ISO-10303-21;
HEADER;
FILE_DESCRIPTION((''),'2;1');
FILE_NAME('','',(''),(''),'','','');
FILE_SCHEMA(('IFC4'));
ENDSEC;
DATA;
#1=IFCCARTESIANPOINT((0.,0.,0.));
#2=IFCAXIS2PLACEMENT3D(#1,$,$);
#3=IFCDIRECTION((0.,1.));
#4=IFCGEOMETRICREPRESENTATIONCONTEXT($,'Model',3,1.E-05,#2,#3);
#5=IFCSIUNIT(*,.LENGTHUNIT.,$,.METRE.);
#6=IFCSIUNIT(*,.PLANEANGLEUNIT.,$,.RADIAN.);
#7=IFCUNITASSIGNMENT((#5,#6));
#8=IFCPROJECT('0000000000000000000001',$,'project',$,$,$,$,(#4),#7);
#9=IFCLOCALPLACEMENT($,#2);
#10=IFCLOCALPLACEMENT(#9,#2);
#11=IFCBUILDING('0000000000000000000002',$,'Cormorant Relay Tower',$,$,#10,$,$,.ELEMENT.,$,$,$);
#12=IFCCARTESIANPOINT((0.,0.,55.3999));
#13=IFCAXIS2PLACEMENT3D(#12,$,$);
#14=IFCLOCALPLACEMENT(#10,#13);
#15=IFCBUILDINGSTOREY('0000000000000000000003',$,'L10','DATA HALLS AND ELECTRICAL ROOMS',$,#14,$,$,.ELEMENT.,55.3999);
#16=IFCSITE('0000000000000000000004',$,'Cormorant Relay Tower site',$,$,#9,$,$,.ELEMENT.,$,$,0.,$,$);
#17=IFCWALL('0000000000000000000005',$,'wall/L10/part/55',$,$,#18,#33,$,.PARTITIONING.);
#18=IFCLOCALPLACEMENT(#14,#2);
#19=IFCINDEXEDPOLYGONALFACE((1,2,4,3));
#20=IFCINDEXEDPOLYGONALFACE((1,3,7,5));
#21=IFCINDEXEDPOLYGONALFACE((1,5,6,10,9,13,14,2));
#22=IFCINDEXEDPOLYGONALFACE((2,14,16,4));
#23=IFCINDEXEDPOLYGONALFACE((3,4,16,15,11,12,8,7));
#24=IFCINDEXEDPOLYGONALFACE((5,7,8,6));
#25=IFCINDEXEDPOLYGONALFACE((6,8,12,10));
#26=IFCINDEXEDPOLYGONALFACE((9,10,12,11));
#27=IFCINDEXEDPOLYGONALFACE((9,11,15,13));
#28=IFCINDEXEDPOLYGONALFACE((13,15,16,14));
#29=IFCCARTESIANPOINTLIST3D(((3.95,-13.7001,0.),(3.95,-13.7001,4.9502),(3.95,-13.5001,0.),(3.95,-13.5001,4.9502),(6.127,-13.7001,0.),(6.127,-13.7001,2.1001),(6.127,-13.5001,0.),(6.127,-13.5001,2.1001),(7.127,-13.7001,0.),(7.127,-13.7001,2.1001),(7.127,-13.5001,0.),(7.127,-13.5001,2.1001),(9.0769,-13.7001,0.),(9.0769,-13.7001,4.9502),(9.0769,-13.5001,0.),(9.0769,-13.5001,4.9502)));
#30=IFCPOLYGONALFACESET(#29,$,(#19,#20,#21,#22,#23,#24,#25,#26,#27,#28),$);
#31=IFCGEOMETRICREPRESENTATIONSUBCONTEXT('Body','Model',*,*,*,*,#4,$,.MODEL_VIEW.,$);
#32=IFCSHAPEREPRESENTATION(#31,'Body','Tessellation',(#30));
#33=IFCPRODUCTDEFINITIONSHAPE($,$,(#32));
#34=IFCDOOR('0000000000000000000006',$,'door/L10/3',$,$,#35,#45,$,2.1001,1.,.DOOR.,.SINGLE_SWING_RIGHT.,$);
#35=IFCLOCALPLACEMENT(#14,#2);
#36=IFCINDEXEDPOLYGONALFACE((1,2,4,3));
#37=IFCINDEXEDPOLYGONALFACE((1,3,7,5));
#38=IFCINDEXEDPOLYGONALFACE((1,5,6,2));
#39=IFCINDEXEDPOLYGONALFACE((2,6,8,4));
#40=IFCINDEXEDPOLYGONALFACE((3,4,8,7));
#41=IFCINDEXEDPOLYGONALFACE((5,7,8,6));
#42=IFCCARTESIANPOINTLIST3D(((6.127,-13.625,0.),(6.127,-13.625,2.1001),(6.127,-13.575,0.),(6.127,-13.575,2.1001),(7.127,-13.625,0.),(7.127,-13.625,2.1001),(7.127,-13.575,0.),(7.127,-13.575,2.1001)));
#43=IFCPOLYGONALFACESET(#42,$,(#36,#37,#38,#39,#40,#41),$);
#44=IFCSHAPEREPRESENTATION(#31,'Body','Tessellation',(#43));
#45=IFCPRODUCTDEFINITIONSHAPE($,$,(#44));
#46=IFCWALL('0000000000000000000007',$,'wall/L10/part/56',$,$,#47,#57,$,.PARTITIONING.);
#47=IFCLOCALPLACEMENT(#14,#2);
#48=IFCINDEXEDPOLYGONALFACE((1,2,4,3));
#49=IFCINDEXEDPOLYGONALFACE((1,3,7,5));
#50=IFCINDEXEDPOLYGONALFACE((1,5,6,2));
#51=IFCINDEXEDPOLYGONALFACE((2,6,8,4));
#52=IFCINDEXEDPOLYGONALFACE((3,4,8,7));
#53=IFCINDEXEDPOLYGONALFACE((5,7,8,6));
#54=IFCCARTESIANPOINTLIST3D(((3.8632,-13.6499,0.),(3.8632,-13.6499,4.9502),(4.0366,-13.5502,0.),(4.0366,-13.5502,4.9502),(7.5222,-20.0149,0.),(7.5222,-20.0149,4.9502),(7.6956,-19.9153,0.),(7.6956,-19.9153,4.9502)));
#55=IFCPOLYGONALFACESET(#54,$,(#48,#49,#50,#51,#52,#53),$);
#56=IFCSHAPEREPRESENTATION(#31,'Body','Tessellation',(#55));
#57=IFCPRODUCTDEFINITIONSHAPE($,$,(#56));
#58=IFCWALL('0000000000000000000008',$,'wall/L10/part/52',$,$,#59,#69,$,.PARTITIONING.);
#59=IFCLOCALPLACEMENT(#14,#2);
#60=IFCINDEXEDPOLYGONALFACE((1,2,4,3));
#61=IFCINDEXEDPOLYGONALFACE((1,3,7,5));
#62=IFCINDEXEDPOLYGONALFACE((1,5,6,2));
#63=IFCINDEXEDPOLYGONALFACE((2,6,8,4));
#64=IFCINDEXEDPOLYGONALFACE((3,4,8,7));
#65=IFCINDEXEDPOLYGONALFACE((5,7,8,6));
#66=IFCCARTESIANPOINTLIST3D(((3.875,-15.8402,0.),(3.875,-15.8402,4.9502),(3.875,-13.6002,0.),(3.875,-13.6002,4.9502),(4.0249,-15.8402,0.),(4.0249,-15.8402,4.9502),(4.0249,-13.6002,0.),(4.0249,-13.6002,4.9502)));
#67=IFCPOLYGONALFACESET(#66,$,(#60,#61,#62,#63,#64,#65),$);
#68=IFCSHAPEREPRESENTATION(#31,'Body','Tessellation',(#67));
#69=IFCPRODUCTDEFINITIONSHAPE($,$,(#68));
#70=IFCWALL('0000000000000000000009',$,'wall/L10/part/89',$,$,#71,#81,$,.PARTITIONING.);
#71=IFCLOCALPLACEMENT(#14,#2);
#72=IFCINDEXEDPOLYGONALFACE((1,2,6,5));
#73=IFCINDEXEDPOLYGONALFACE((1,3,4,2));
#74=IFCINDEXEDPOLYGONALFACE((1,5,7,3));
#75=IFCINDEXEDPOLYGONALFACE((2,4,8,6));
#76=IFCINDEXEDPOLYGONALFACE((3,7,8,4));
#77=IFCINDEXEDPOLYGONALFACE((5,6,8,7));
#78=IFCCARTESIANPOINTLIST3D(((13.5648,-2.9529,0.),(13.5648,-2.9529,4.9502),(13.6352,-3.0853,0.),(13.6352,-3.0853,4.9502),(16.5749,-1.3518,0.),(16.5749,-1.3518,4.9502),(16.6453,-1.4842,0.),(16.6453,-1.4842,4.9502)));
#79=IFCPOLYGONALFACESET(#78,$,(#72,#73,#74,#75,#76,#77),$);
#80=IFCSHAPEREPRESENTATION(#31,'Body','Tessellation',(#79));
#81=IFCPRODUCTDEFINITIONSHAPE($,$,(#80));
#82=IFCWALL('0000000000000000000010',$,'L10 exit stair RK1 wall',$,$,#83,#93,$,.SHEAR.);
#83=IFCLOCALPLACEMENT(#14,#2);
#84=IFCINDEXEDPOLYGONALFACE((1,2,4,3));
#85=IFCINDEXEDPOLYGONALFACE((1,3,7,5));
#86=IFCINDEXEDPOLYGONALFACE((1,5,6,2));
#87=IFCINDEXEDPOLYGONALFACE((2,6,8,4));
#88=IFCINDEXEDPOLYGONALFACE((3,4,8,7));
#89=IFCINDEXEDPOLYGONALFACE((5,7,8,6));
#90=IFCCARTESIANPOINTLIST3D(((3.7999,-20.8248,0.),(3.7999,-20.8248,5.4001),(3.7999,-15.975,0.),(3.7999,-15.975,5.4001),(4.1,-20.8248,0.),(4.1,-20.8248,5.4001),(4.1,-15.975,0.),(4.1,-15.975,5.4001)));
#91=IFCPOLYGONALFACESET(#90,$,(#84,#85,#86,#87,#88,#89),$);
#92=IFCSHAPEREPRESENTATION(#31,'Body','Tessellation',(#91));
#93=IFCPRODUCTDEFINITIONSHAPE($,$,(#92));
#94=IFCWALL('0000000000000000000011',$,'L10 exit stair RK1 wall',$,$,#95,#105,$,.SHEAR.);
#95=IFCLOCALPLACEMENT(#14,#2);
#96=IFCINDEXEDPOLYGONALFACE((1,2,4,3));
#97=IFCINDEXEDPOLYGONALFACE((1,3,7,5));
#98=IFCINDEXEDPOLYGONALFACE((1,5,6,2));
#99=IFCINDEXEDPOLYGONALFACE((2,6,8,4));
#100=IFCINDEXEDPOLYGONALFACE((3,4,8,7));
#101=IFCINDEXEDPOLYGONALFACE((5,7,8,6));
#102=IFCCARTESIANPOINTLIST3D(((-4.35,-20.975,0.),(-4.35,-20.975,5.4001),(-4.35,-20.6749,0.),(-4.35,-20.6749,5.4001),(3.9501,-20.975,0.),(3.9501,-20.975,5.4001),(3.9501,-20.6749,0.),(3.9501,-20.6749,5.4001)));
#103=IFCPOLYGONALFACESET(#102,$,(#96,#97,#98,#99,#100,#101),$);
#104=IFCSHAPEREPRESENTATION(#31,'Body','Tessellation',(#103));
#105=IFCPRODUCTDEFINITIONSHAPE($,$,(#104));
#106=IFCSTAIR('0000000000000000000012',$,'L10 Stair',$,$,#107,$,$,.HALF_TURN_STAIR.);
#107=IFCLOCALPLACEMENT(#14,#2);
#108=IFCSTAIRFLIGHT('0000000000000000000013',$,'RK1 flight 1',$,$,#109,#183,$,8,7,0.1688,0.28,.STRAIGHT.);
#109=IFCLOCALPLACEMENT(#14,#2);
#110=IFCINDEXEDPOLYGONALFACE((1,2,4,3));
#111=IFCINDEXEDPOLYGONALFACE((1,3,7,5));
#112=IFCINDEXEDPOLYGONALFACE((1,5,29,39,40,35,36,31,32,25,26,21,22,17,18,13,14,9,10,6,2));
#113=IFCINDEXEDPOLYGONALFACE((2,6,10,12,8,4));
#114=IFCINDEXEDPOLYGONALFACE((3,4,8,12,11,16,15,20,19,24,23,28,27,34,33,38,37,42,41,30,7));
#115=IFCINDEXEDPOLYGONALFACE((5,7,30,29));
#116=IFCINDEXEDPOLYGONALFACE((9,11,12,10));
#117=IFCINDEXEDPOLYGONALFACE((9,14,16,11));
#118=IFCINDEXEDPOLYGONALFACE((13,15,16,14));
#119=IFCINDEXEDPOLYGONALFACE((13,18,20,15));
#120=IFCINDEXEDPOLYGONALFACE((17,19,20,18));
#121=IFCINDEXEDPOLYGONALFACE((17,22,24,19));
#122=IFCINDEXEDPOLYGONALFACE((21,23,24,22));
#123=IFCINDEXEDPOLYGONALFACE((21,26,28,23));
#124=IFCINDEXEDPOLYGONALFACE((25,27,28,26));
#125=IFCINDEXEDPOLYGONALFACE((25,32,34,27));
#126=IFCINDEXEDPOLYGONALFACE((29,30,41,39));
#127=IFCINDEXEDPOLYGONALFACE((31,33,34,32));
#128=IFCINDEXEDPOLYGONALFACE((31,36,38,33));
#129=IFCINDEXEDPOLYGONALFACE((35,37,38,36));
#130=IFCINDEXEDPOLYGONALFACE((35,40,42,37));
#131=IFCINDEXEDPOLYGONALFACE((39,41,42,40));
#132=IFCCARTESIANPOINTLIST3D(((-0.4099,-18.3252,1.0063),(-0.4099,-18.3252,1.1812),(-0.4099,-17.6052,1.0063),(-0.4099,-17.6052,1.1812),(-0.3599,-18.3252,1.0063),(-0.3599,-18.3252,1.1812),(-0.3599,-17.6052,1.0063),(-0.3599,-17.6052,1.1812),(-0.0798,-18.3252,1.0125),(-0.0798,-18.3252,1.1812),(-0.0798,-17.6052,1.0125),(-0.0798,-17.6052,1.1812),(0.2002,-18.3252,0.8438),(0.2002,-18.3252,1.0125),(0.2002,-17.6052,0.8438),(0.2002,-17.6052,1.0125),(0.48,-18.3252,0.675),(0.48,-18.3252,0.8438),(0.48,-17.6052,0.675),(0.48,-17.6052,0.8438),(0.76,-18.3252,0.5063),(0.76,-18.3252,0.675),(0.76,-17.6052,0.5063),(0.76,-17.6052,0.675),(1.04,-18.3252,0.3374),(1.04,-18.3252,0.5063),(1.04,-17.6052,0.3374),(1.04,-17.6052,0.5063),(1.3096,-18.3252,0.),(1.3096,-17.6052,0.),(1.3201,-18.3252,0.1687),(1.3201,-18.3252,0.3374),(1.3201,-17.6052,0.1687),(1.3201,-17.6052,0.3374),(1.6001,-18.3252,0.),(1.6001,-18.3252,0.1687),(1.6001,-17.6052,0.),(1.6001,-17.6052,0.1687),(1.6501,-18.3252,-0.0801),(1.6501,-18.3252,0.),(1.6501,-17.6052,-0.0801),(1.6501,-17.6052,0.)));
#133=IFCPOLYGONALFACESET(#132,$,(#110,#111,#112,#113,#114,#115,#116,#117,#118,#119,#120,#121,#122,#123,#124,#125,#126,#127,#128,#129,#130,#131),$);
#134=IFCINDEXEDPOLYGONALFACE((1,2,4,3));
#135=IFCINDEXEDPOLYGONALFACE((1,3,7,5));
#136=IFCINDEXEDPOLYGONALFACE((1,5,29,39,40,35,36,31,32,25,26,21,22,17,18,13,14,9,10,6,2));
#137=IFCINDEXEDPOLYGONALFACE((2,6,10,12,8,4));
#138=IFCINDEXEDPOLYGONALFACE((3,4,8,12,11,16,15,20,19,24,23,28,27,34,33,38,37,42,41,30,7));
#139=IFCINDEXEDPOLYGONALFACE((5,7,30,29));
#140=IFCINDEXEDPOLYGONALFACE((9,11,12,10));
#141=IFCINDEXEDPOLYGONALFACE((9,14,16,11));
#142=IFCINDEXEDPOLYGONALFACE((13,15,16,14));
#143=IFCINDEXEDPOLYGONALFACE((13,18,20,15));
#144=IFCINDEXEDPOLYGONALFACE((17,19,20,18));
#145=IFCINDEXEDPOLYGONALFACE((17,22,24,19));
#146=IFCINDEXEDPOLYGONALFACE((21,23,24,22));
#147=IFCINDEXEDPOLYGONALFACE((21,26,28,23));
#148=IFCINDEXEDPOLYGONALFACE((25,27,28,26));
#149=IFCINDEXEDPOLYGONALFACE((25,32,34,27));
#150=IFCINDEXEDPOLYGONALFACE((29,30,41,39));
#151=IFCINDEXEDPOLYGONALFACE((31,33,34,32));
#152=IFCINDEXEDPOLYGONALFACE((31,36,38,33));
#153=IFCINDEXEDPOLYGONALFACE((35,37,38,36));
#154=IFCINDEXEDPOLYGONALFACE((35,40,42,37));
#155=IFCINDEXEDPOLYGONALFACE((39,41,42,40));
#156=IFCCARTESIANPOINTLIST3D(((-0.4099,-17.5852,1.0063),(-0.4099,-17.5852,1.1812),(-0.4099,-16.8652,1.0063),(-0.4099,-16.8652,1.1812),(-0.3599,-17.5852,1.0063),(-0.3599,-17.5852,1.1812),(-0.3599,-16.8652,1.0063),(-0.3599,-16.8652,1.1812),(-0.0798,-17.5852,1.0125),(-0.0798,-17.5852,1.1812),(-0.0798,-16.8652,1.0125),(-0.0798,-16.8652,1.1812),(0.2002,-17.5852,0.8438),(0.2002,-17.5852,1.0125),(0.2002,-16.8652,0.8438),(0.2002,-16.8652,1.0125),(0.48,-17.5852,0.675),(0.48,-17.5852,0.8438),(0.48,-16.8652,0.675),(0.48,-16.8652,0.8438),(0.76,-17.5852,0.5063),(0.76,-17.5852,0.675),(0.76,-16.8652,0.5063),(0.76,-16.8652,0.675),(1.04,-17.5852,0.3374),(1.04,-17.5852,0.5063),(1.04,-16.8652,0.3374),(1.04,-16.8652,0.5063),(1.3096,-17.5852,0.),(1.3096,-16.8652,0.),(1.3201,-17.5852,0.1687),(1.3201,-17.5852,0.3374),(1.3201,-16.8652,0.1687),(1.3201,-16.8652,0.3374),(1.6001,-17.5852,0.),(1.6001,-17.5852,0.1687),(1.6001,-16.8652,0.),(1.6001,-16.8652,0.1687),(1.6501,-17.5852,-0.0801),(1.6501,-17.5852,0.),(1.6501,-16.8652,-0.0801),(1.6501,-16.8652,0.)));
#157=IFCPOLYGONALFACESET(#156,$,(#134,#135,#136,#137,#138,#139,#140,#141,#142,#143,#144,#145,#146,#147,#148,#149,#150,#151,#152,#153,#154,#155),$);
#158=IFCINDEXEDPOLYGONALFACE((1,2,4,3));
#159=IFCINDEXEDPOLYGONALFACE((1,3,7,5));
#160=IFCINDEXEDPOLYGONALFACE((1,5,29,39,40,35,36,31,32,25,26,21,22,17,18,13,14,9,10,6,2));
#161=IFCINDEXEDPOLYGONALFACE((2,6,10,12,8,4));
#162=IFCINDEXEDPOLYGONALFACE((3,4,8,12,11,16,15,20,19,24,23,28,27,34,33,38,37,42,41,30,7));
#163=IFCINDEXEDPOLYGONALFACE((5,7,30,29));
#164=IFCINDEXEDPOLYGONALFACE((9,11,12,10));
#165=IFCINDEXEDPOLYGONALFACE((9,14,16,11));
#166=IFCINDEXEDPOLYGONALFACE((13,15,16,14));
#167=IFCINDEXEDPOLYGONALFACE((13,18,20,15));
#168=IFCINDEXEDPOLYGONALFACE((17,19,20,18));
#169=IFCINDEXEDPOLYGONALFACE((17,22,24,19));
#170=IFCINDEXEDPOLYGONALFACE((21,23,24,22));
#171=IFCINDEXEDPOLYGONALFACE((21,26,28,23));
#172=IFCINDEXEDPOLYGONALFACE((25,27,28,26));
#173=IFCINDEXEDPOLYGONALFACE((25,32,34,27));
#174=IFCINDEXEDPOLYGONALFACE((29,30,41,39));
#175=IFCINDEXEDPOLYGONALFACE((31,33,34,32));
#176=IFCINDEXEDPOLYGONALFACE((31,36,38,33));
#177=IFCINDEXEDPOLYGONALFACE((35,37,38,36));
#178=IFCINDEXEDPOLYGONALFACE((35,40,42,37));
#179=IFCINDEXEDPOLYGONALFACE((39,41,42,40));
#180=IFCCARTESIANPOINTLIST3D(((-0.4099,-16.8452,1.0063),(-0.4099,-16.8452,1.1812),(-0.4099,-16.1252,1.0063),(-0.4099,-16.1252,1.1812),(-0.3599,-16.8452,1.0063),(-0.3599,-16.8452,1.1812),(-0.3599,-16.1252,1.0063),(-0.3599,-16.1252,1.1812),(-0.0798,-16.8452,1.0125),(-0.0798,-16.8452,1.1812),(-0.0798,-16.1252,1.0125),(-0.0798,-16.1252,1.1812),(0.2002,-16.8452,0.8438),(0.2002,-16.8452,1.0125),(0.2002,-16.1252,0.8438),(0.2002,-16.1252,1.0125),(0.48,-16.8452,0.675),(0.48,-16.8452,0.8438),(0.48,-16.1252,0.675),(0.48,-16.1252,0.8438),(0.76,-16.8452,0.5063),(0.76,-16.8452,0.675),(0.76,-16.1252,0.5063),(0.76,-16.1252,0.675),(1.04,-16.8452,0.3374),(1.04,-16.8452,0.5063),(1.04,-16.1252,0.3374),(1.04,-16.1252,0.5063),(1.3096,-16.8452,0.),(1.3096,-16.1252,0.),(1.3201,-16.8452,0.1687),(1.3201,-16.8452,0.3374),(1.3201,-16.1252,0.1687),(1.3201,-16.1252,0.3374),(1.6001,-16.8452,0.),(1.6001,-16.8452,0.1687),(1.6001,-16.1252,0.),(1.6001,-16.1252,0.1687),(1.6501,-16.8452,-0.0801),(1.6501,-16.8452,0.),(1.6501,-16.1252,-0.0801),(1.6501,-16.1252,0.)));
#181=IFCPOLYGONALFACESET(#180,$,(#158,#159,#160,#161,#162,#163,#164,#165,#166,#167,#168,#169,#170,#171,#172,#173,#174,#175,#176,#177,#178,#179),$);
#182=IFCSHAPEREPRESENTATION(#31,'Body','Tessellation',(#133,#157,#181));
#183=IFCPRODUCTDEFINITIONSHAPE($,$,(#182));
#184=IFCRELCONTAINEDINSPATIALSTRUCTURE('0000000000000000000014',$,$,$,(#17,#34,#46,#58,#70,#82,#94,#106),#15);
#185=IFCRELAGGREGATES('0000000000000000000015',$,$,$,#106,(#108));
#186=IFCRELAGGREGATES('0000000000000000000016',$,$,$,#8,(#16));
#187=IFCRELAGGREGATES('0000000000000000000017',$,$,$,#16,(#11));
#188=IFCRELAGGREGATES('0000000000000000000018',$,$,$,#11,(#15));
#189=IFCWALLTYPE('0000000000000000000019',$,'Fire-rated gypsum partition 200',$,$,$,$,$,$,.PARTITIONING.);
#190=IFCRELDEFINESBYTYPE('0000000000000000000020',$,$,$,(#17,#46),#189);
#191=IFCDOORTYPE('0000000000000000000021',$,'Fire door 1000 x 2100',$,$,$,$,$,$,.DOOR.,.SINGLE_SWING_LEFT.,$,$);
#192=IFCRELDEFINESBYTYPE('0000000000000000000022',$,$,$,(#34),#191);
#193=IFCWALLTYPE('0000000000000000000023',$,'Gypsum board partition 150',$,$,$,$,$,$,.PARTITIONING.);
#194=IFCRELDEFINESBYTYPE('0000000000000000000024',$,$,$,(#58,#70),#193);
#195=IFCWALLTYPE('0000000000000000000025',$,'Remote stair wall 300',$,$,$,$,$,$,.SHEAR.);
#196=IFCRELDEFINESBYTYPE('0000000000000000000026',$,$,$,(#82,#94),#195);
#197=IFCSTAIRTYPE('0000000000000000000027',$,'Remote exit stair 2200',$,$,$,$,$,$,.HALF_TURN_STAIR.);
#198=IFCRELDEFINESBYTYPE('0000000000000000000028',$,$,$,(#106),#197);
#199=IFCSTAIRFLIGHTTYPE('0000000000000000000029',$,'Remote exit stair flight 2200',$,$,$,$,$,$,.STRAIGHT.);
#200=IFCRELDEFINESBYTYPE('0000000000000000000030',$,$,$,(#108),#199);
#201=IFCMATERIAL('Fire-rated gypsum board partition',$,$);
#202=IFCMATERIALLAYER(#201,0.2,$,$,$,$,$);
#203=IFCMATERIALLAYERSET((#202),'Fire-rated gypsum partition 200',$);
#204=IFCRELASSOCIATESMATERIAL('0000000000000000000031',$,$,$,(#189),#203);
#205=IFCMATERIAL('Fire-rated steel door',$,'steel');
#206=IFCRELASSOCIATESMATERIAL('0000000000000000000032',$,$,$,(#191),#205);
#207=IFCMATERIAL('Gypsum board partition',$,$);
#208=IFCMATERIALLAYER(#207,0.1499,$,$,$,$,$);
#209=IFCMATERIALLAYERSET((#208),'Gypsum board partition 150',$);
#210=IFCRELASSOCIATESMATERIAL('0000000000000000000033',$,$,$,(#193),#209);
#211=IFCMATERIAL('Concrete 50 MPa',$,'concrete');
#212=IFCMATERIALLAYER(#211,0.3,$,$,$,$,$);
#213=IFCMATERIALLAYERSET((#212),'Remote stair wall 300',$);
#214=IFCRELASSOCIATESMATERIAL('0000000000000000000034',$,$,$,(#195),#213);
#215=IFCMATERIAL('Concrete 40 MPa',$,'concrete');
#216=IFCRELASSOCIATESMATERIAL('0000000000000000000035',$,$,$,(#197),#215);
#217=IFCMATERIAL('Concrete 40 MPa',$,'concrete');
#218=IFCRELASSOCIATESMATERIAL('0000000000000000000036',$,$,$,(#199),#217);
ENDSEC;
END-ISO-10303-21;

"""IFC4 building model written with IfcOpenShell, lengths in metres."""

from ifc_helpers import new_model, si_unit, direction, frame, frame_2d, origin, place, context, subcontext, project, spatial, polyline, rectangle, outline, extrude, material, layer, layer_set, type_object, element, fill, aggregate, save


model = new_model("IFC4")

# Units and contexts
model_context = context("Model", 3, precision=1e-05, world=origin(), true_north=direction((0.0, 1.0)))
body_context = subcontext(model_context, "Body", "Model", "MODEL_VIEW")
ifc_project = project(units=[si_unit("LENGTHUNIT", "METRE"), si_unit("PLANEANGLEUNIT", "RADIAN")], contexts=[model_context])

# Site, building, storey
site_placement = place(None, origin())
site = spatial("IfcSite", under=ifc_project, at=site_placement, Name="Cormorant Relay Tower site", CompositionType="ELEMENT", RefElevation=0.0)
building_placement = place(site_placement, origin())
building = spatial("IfcBuilding", under=site, at=building_placement, Name="Cormorant Relay Tower", CompositionType="ELEMENT")
storey_placement = place(building_placement, frame((0.0, 0.0, 55.3999)))
storey = spatial("IfcBuildingStorey", under=building, at=storey_placement, Name="L10", Description="DATA HALLS AND ELECTRICAL ROOMS", CompositionType="ELEMENT", Elevation=55.3999)

# Shared definitions
ifc_material_1 = material(Name="Fire-rated gypsum board partition")
ifc_layer_1 = layer(ifc_material_1, 0.2)
ifc_layer_set_1 = layer_set([ifc_layer_1], Name="Fire-rated gypsum partition 200")
wall_type_1 = type_object("IfcWallType", Name="Fire-rated gypsum partition 200", PredefinedType="PARTITIONING", material=ifc_layer_set_1)

# Wall, opening, door
wall_1_placement = place(storey_placement, frame((9.0769, -13.6001, 0.0), z_axis=(0.0, 0.0, 1.0), x_axis=(-1.0, 0.0, 0.0)))
wall_1 = element("IfcWall", 1, at=wall_1_placement, inside=storey, type_object=wall_type_1, Name="wall/L10/part/55", PredefinedType="PARTITIONING", context=body_context, shape_type="SweptSolid", body=[
    extrude(rectangle(XDim=5.127, YDim=0.2, at=frame_2d((2.5635, 0.0))), origin(), (0.0, 0.0, 1.0), 4.9502),
])
opening_placement = place(wall_1_placement, frame((1.95, 0.0, 0.0)))
opening = element("IfcOpeningElement", 2, at=opening_placement, cuts=wall_1, PredefinedType="OPENING", context=body_context, shape_type="SweptSolid", body=[
    extrude(rectangle(XDim=1.0, YDim=2.1001, at=frame_2d((0.5, 1.05))), frame((0.0, 0.1099, 0.0), z_axis=(0.0, -1.0, 0.0), x_axis=(1.0, 0.0, 0.0)), (0.0, 0.0, 1.0), 0.22),
])
ifc_material_2 = material(Name="Fire-rated steel door", Category="steel")
door_type = type_object("IfcDoorType", Name="Fire door 1000 x 2100", OperationType="SINGLE_SWING_LEFT", PredefinedType="DOOR", material=ifc_material_2)
door_placement = place(opening_placement, origin())
door = element("IfcDoor", 3, at=door_placement, inside=storey, type_object=door_type, Name="door/L10/3", OperationType="SINGLE_SWING_RIGHT", OverallHeight=2.1001, OverallWidth=1.0, PredefinedType="DOOR", context=body_context, shape_type="SweptSolid", body=[
    extrude(rectangle(XDim=1.0, YDim=2.1001, at=frame_2d((0.5, 1.05))), frame((0.0, 0.0249, 0.0), z_axis=(0.0, -1.0, 0.0), x_axis=(1.0, 0.0, 0.0)), (0.0, 0.0, 1.0), 0.05),
])
fill(opening, door)

# Walls
wall_2_placement = place(storey_placement, frame((7.6089, -19.9651, 0.0), z_axis=(0.0, 0.0, 1.0), x_axis=(-0.498376, 0.866961, 0.0)))
element("IfcWall", 4, at=wall_2_placement, inside=storey, type_object=wall_type_1, Name="wall/L10/part/56", PredefinedType="PARTITIONING", context=body_context, shape_type="SweptSolid", body=[
    extrude(rectangle(XDim=7.3418, YDim=0.2, at=frame_2d((3.6709, 0.0))), origin(), (0.0, 0.0, 1.0), 4.9502),
])
ifc_material_3 = material(Name="Gypsum board partition")
ifc_layer_2 = layer(ifc_material_3, 0.1499)
ifc_layer_set_2 = layer_set([ifc_layer_2], Name="Gypsum board partition 150")
wall_type_2 = type_object("IfcWallType", Name="Gypsum board partition 150", PredefinedType="PARTITIONING", material=ifc_layer_set_2)
wall_3_placement = place(storey_placement, frame((3.95, -13.6001, 0.0), z_axis=(0.0, 0.0, 1.0), x_axis=(0.0, -1.0, 0.0)))
element("IfcWall", 5, at=wall_3_placement, inside=storey, type_object=wall_type_2, Name="wall/L10/part/52", PredefinedType="PARTITIONING", context=body_context, shape_type="SweptSolid", body=[
    extrude(rectangle(XDim=2.24, YDim=0.1499, at=frame_2d((1.1201, 0.0))), origin(), (0.0, 0.0, 1.0), 4.9502),
])
wall_4_placement = place(storey_placement, frame((13.6001, -3.019, 0.0), z_axis=(0.0, 0.0, 1.0), x_axis=(0.882872, 0.469614, 0.0)))
element("IfcWall", 6, at=wall_4_placement, inside=storey, type_object=wall_type_2, Name="wall/L10/part/89", PredefinedType="PARTITIONING", context=body_context, shape_type="SweptSolid", body=[
    extrude(rectangle(XDim=3.4094, YDim=0.1499, at=frame_2d((1.7046, 0.0))), origin(), (0.0, 0.0, 1.0), 4.9502),
])
ifc_material_4 = material(Name="Concrete 50 MPa", Category="concrete")
ifc_layer_3 = layer(ifc_material_4, 0.3)
ifc_layer_set_3 = layer_set([ifc_layer_3], Name="Remote stair wall 300")
wall_type_3 = type_object("IfcWallType", Name="Remote stair wall 300", PredefinedType="SHEAR", material=ifc_layer_set_3)
wall_5_placement = place(storey_placement, frame((3.95, -15.9751, 0.0), z_axis=(0.0, 0.0, 1.0), x_axis=(0.0, -1.0, 0.0)))
element("IfcWall", 7, at=wall_5_placement, inside=storey, type_object=wall_type_3, Name="L10 exit stair RK1 wall", PredefinedType="SHEAR", context=body_context, shape_type="SweptSolid", body=[
    extrude(rectangle(XDim=4.8499, YDim=0.3, at=frame_2d((2.4248, 0.0))), origin(), (0.0, 0.0, 1.0), 5.4001),
])
wall_6_placement = place(storey_placement, frame((3.95, -20.825, 0.0), z_axis=(0.0, 0.0, 1.0), x_axis=(-1.0, 0.0, 0.0)))
element("IfcWall", 8, at=wall_6_placement, inside=storey, type_object=wall_type_3, Name="L10 exit stair RK1 wall", PredefinedType="SHEAR", context=body_context, shape_type="SweptSolid", body=[
    extrude(rectangle(XDim=8.3, YDim=0.3, at=frame_2d((4.1499, 0.0))), origin(), (0.0, 0.0, 1.0), 5.4001),
])

# Stair, stair flight
ifc_material_5 = material(Name="Concrete 40 MPa", Category="concrete")
stair_type = type_object("IfcStairType", Name="Remote exit stair 2200", PredefinedType="HALF_TURN_STAIR", material=ifc_material_5)
stair_placement = place(storey_placement, origin())
stair = element("IfcStair", 9, at=stair_placement, inside=storey, type_object=stair_type, Name="L10 Stair", PredefinedType="HALF_TURN_STAIR")
ifc_material_6 = material(Name="Concrete 40 MPa", Category="concrete")
stair_flight_type = type_object("IfcStairFlightType", Name="Remote exit stair flight 2200", PredefinedType="STRAIGHT", material=ifc_material_6)
stair_flight_1_placement = place(storey_placement, frame((1.6001, -17.2251, 0.0), z_axis=(0.0, 0.0, 1.0), x_axis=(-1.0, 0.0, 0.0)))
stair_flight_1 = element("IfcStairFlight", 10, at=stair_flight_1_placement, type_object=stair_flight_type, Name="RK1 flight 1", NumberOfRisers=8, NumberOfTreads=7, PredefinedType="STRAIGHT", RiserHeight=0.1688, TreadLength=0.28, context=body_context, shape_type="SweptSolid", body=[
    extrude(outline(polyline([(-0.05, -0.0801), (-0.05, 0.0), (0.0, 0.0), (0.0, 0.1687), (0.28, 0.1687), (0.28, 0.3374), (0.5601, 0.3374), (0.5601, 0.5063), (0.8401, 0.5063), (0.8401, 0.675), (1.1201, 0.675), (1.1201, 0.8438), (1.3999, 0.8438), (1.3999, 1.0125), (1.6799, 1.0125), (1.6799, 1.1812), (1.96, 1.1812), (2.01, 1.1812), (2.01, 1.0063), (1.96, 1.0063), (0.2905, 0.0), (-0.05, -0.0801)])), frame((0.0, 1.1001, 0.0), z_axis=(0.0, -1.0, 0.0), x_axis=(1.0, 0.0, 0.0)), (0.0, 0.0, 1.0), 0.72),
    extrude(outline(polyline([(-0.05, -0.0801), (-0.05, 0.0), (0.0, 0.0), (0.0, 0.1687), (0.28, 0.1687), (0.28, 0.3374), (0.5601, 0.3374), (0.5601, 0.5063), (0.8401, 0.5063), (0.8401, 0.675), (1.1201, 0.675), (1.1201, 0.8438), (1.3999, 0.8438), (1.3999, 1.0125), (1.6799, 1.0125), (1.6799, 1.1812), (1.96, 1.1812), (2.01, 1.1812), (2.01, 1.0063), (1.96, 1.0063), (0.2905, 0.0), (-0.05, -0.0801)])), frame((0.0, 0.3601, 0.0), z_axis=(0.0, -1.0, 0.0), x_axis=(1.0, 0.0, 0.0)), (0.0, 0.0, 1.0), 0.72),
    extrude(outline(polyline([(-0.05, -0.0801), (-0.05, 0.0), (0.0, 0.0), (0.0, 0.1687), (0.28, 0.1687), (0.28, 0.3374), (0.5601, 0.3374), (0.5601, 0.5063), (0.8401, 0.5063), (0.8401, 0.675), (1.1201, 0.675), (1.1201, 0.8438), (1.3999, 0.8438), (1.3999, 1.0125), (1.6799, 1.0125), (1.6799, 1.1812), (1.96, 1.1812), (2.01, 1.1812), (2.01, 1.0063), (1.96, 1.0063), (0.2905, 0.0), (-0.05, -0.0801)])), frame((0.0, -0.3799, 0.0), z_axis=(0.0, -1.0, 0.0), x_axis=(1.0, 0.0, 0.0)), (0.0, 0.0, 1.0), 0.72),
])
aggregate(stair, [stair_flight_1])

save(model, "model.ifc")
